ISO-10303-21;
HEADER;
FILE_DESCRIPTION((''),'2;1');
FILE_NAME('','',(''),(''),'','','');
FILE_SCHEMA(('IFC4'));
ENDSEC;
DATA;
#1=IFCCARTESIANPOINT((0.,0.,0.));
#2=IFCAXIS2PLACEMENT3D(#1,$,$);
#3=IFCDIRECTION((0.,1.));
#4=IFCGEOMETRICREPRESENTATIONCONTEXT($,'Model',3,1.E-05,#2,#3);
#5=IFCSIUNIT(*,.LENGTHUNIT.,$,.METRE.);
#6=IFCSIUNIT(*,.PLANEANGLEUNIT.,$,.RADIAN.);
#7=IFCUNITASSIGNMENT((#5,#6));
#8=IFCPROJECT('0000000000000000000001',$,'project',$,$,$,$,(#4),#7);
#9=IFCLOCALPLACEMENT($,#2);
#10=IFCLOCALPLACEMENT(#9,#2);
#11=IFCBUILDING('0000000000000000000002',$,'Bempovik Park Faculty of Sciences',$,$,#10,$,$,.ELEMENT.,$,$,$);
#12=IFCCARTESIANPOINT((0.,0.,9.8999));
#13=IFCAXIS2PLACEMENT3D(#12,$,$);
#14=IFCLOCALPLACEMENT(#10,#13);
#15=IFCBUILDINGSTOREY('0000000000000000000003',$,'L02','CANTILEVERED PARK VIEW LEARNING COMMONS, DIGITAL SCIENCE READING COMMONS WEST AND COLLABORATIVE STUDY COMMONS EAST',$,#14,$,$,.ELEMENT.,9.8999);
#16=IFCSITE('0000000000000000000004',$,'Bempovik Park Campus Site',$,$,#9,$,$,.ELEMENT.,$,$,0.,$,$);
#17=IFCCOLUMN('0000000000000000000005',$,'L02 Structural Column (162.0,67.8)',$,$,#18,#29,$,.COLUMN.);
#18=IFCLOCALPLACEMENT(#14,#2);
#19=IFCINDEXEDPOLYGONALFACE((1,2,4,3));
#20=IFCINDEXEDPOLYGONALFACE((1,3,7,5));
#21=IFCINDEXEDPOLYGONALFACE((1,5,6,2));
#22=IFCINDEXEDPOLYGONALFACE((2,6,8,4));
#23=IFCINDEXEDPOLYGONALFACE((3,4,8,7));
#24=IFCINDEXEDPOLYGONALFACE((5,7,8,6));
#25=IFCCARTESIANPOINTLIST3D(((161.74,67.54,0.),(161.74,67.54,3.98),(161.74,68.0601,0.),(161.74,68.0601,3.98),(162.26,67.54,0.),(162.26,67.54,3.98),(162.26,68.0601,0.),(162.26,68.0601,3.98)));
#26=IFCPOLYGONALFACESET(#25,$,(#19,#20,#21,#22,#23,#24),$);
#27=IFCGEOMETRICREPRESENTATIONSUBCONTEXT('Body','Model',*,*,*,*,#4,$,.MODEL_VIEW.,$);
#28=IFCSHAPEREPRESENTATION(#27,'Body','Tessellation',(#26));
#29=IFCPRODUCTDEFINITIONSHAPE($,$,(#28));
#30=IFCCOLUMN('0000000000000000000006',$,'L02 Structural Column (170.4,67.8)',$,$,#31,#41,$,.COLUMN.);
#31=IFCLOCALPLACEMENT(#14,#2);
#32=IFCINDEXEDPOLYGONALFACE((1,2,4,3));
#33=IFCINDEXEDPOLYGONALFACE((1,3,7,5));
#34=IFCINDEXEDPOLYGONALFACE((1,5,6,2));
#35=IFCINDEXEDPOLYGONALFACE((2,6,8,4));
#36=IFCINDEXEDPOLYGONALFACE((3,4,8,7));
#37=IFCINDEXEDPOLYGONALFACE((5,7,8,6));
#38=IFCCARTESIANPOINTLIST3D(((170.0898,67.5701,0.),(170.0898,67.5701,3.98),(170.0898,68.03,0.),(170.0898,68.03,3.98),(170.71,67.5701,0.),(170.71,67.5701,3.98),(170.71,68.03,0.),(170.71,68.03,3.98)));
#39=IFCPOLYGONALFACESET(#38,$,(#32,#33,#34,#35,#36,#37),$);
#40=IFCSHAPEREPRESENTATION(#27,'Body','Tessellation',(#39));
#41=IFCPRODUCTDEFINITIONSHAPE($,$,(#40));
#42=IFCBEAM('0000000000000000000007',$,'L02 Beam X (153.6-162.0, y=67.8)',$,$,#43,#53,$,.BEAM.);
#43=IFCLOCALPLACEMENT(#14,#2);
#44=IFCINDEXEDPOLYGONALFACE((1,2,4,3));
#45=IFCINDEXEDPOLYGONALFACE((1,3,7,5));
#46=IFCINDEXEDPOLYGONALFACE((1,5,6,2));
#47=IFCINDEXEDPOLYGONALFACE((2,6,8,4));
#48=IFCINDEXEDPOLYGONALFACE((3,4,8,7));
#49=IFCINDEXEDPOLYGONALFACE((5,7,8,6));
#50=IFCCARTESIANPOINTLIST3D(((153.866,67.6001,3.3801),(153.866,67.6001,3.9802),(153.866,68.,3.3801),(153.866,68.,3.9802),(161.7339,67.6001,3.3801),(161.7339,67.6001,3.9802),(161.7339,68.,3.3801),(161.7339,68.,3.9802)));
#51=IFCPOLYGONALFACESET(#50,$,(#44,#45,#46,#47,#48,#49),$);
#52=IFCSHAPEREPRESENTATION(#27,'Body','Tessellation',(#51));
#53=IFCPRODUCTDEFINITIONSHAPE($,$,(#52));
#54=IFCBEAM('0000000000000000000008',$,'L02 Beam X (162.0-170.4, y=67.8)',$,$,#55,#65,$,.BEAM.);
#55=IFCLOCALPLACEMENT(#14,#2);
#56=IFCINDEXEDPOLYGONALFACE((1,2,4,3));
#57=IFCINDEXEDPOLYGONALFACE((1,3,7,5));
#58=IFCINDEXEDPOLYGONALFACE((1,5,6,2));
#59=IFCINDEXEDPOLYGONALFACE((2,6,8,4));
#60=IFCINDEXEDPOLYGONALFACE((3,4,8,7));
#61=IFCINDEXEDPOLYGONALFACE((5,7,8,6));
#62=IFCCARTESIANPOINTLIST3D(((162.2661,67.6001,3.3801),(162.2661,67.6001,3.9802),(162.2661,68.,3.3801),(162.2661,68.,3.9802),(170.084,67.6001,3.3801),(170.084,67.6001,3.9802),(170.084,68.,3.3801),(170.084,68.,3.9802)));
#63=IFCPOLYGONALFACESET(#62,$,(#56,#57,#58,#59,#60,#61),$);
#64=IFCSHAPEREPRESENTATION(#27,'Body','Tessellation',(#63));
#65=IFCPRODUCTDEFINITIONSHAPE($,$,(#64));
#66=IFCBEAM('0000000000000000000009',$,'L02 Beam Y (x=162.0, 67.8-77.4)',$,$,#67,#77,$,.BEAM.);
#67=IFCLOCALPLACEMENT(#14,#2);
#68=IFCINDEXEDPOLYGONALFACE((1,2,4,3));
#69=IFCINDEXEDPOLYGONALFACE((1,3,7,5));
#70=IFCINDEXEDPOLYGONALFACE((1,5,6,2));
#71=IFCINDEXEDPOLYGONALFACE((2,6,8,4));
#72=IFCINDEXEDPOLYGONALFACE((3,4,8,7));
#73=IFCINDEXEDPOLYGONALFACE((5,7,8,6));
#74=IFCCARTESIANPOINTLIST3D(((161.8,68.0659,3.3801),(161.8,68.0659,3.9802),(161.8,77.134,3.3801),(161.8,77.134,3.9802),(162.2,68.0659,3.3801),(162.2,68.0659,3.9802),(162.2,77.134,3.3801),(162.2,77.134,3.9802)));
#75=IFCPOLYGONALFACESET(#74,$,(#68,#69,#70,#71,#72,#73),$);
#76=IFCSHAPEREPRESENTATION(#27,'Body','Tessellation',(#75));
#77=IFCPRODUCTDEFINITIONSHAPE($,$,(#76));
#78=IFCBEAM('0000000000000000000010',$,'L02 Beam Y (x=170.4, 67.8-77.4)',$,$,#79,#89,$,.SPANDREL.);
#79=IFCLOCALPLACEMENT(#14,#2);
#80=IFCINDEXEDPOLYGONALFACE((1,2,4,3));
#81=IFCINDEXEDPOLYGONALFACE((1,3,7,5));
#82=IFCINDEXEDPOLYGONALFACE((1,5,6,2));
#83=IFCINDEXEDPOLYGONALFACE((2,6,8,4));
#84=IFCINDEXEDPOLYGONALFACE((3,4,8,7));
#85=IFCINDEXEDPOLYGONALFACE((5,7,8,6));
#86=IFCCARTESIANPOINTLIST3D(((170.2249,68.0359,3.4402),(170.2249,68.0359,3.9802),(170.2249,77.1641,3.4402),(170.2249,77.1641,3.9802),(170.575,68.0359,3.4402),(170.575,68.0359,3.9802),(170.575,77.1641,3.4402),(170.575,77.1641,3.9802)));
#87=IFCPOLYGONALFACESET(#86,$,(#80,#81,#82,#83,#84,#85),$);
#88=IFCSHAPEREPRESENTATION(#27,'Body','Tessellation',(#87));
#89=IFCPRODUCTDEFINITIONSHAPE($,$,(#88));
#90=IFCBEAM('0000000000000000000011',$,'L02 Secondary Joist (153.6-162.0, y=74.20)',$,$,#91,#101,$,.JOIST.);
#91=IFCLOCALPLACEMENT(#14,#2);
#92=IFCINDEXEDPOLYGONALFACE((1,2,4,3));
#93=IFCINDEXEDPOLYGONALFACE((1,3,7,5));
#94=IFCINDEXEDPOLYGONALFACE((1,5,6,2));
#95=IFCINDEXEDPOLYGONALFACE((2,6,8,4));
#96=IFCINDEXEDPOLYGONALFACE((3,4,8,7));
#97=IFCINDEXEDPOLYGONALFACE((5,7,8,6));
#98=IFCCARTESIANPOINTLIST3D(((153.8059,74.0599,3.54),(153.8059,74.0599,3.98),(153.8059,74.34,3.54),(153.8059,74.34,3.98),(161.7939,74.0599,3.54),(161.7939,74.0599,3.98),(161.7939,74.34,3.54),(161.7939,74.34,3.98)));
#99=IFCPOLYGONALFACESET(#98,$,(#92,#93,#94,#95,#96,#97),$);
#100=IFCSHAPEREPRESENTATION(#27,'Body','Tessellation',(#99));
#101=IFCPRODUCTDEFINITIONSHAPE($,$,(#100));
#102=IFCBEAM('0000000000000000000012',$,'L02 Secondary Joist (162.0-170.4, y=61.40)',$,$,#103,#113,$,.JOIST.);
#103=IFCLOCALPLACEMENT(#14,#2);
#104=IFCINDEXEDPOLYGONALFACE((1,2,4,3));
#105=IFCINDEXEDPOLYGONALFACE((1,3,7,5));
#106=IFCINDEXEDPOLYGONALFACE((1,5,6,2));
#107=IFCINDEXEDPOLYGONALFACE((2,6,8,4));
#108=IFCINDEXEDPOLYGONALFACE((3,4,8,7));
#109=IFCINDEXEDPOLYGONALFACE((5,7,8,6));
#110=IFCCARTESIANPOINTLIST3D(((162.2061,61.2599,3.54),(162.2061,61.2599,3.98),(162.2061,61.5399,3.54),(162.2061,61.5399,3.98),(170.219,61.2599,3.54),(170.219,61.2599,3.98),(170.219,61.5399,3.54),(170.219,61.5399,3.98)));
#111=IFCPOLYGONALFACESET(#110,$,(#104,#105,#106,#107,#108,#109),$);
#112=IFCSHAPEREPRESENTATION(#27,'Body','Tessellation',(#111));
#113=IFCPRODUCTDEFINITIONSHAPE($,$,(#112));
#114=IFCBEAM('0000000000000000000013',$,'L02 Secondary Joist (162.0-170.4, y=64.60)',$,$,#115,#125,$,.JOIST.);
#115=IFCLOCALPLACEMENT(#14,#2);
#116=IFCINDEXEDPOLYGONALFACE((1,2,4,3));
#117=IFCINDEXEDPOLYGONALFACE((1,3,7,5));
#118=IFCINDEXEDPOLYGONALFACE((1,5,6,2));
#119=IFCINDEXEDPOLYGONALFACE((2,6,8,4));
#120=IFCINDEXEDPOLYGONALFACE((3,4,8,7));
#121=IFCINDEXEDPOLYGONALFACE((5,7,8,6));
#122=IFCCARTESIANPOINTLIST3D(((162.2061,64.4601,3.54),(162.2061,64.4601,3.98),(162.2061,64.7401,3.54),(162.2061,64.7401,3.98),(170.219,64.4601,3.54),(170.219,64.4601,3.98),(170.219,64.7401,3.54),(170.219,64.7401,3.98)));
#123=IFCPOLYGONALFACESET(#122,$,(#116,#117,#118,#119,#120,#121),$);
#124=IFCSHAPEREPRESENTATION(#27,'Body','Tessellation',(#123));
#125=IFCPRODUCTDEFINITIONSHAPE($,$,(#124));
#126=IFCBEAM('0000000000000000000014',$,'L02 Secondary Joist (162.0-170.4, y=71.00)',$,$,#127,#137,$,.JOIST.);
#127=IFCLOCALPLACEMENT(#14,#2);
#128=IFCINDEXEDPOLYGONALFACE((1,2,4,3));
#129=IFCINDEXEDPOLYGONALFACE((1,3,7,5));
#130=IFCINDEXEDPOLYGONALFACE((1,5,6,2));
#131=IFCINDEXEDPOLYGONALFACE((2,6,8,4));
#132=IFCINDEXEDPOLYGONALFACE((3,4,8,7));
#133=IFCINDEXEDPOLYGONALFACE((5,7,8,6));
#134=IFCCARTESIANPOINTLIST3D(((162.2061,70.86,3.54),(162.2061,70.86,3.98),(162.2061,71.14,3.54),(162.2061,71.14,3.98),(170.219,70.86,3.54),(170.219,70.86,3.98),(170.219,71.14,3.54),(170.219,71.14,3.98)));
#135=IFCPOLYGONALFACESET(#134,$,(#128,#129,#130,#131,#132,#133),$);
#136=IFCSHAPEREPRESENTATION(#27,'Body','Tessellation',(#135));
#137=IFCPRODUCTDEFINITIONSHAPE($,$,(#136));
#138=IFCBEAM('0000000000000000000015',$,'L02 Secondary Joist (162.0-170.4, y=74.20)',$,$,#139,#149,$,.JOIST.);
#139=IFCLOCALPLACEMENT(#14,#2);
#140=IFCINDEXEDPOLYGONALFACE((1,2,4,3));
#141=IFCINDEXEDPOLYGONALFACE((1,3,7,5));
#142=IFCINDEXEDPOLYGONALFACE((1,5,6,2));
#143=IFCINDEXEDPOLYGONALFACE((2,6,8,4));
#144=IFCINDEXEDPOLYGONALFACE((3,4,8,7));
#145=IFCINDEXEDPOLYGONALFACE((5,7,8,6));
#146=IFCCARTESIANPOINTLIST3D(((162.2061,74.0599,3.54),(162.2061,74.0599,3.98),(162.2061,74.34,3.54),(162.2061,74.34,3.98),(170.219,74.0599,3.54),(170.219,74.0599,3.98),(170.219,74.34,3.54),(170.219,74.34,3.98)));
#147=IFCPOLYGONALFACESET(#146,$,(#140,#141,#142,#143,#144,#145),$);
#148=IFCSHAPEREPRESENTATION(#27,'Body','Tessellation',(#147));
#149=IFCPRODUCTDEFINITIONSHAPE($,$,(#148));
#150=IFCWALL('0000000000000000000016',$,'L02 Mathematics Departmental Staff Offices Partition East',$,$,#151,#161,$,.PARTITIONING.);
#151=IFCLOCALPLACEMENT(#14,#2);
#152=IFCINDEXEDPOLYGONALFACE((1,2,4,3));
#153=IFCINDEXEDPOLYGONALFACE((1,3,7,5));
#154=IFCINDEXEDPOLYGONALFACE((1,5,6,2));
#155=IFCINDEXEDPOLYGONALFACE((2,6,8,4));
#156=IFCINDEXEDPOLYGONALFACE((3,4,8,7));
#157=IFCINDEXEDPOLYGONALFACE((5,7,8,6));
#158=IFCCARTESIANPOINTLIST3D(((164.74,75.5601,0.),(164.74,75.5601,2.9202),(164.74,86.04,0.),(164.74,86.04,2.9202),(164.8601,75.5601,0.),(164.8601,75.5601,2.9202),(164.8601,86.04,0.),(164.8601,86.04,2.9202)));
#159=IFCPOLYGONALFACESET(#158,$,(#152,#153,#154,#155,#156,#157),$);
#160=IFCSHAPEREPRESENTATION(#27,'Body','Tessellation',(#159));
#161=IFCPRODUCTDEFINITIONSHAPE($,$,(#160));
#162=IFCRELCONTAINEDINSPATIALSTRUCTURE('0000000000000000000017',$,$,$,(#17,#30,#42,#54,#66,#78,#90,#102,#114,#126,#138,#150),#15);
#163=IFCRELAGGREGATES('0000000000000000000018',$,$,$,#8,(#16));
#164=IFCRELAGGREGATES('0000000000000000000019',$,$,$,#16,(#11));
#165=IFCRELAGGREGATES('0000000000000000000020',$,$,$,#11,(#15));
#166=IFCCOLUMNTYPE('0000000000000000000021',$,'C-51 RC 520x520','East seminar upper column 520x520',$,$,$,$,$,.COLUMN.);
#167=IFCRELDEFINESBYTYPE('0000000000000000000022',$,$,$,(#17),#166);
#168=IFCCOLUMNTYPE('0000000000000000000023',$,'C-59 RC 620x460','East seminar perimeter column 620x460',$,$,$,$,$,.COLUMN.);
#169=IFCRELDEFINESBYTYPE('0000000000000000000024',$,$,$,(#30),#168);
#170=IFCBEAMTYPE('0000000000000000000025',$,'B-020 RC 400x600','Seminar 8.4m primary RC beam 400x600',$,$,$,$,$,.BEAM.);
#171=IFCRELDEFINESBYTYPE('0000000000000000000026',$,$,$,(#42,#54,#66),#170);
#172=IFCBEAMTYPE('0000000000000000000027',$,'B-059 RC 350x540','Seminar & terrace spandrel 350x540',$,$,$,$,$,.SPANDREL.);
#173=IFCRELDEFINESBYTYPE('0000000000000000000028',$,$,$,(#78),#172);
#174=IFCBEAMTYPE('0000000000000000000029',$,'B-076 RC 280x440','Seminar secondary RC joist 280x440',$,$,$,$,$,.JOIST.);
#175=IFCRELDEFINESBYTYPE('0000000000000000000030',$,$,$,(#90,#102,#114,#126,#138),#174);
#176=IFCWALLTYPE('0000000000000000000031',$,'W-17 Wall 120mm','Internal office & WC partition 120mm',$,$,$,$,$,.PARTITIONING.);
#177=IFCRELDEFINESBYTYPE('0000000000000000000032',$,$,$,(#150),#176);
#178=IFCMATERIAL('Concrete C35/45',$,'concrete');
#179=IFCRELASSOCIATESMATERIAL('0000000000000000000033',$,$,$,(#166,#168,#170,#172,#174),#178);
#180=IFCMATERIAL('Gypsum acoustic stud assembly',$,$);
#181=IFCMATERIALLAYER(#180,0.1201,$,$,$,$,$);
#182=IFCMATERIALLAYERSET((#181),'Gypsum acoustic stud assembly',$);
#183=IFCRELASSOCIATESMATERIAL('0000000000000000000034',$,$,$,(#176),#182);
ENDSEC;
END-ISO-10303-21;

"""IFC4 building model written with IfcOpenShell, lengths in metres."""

from ifc_helpers import new_model, si_unit, direction, frame, frame_2d, origin, origin_2d, place, context, subcontext, project, spatial, rectangle, extrude, material, layer, layer_set, material_profile, profile_set, type_object, element, save


model = new_model("IFC4")

# Units and contexts
model_context = context("Model", 3, precision=1e-05, world=origin(), true_north=direction((0.0, 1.0)))
body_context = subcontext(model_context, "Body", "Model", "MODEL_VIEW")
ifc_project = project(units=[si_unit("LENGTHUNIT", "METRE"), si_unit("PLANEANGLEUNIT", "RADIAN")], contexts=[model_context])

# Site, building, storey
site_placement = place(None, origin())
site = spatial("IfcSite", under=ifc_project, at=site_placement, Name="Bempovik Park Campus Site", CompositionType="ELEMENT", RefElevation=0.0)
building_placement = place(site_placement, origin())
building = spatial("IfcBuilding", under=site, at=building_placement, Name="Bempovik Park Faculty of Sciences", CompositionType="ELEMENT")
storey_placement = place(building_placement, frame((0.0, 0.0, 9.8999)))
storey = spatial("IfcBuildingStorey", under=building, at=storey_placement, Name="L02", Description="CANTILEVERED PARK VIEW LEARNING COMMONS, DIGITAL SCIENCE READING COMMONS WEST AND COLLABORATIVE STUDY COMMONS EAST", CompositionType="ELEMENT", Elevation=9.8999)

# Columns
ifc_material_1 = material(Name="Concrete C35/45", Category="concrete")
ifc_material_profile_1 = material_profile(ifc_material_1, rectangle(XDim=0.52, YDim=0.52, at=origin_2d()), Name="RC 520x520")
ifc_profile_set_1 = profile_set([ifc_material_profile_1], Name="Concrete C35/45")
column_type_1 = type_object("IfcColumnType", Name="C-51 RC 520x520", Description="East seminar upper column 520x520", PredefinedType="COLUMN", material=ifc_profile_set_1)
column_1_placement = place(storey_placement, frame((162.0, 67.8, 0.0), z_axis=(0.0, 0.0, 1.0), x_axis=(1.0, 0.0, 0.0)))
element("IfcColumn", 1, at=column_1_placement, inside=storey, type_object=column_type_1, Name="L02 Structural Column (162.0,67.8)", PredefinedType="COLUMN", context=body_context, shape_type="SweptSolid", body=[
    extrude(rectangle(XDim=0.52, YDim=0.52, at=origin_2d()), origin(), (0.0, 0.0, 1.0), 3.98),
])
ifc_material_profile_2 = material_profile(ifc_material_1, rectangle(XDim=0.6201, YDim=0.46, at=origin_2d()), Name="RC 620x460")
ifc_profile_set_2 = profile_set([ifc_material_profile_2], Name="Concrete C35/45")
column_type_2 = type_object("IfcColumnType", Name="C-59 RC 620x460", Description="East seminar perimeter column 620x460", PredefinedType="COLUMN", material=ifc_profile_set_2)
column_2_placement = place(storey_placement, frame((170.3999, 67.8, 0.0), z_axis=(0.0, 0.0, 1.0), x_axis=(1.0, 0.0, 0.0)))
element("IfcColumn", 2, at=column_2_placement, inside=storey, type_object=column_type_2, Name="L02 Structural Column (170.4,67.8)", PredefinedType="COLUMN", context=body_context, shape_type="SweptSolid", body=[
    extrude(rectangle(XDim=0.6201, YDim=0.46, at=origin_2d()), origin(), (0.0, 0.0, 1.0), 3.98),
])

# Beams
ifc_material_profile_3 = material_profile(ifc_material_1, rectangle(XDim=0.3999, YDim=0.6001, at=origin_2d()), Name="RC 400x600")
ifc_profile_set_3 = profile_set([ifc_material_profile_3], Name="Concrete C35/45")
beam_type_1 = type_object("IfcBeamType", Name="B-020 RC 400x600", Description="Seminar 8.4m primary RC beam 400x600", PredefinedType="BEAM", material=ifc_profile_set_3)
beam_1_placement = place(storey_placement, frame((153.866, 67.8, 3.6802), z_axis=(1.0, 0.0, 0.0), x_axis=(0.0, 1.0, 0.0)))
element("IfcBeam", 3, at=beam_1_placement, inside=storey, type_object=beam_type_1, Name="L02 Beam X (153.6-162.0, y=67.8)", PredefinedType="BEAM", context=body_context, shape_type="SweptSolid", body=[
    extrude(rectangle(XDim=0.3999, YDim=0.6001, at=origin_2d()), origin(), (0.0, 0.0, 1.0), 7.8679),
])
beam_2_placement = place(storey_placement, frame((162.2661, 67.8, 3.6802), z_axis=(1.0, 0.0, 0.0), x_axis=(0.0, 1.0, 0.0)))
element("IfcBeam", 4, at=beam_2_placement, inside=storey, type_object=beam_type_1, Name="L02 Beam X (162.0-170.4, y=67.8)", PredefinedType="BEAM", context=body_context, shape_type="SweptSolid", body=[
    extrude(rectangle(XDim=0.3999, YDim=0.6001, at=origin_2d()), origin(), (0.0, 0.0, 1.0), 7.8179),
])
beam_3_placement = place(storey_placement, frame((162.0, 68.0659, 3.6802), z_axis=(0.0, 1.0, 0.0), x_axis=(-1.0, 0.0, 0.0)))
element("IfcBeam", 5, at=beam_3_placement, inside=storey, type_object=beam_type_1, Name="L02 Beam Y (x=162.0, 67.8-77.4)", PredefinedType="BEAM", context=body_context, shape_type="SweptSolid", body=[
    extrude(rectangle(XDim=0.3999, YDim=0.6001, at=origin_2d()), origin(), (0.0, 0.0, 1.0), 9.0681),
])
ifc_material_profile_4 = material_profile(ifc_material_1, rectangle(XDim=0.3501, YDim=0.54, at=origin_2d()), Name="RC 350x540")
ifc_profile_set_4 = profile_set([ifc_material_profile_4], Name="Concrete C35/45")
beam_type_2 = type_object("IfcBeamType", Name="B-059 RC 350x540", Description="Seminar & terrace spandrel 350x540", PredefinedType="SPANDREL", material=ifc_profile_set_4)
beam_4_placement = place(storey_placement, frame((170.3999, 68.0359, 3.7102), z_axis=(0.0, 1.0, 0.0), x_axis=(-1.0, 0.0, 0.0)))
element("IfcBeam", 6, at=beam_4_placement, inside=storey, type_object=beam_type_2, Name="L02 Beam Y (x=170.4, 67.8-77.4)", PredefinedType="SPANDREL", context=body_context, shape_type="SweptSolid", body=[
    extrude(rectangle(XDim=0.3501, YDim=0.54, at=origin_2d()), origin(), (0.0, 0.0, 1.0), 9.1282),
])
ifc_material_profile_5 = material_profile(ifc_material_1, rectangle(XDim=0.28, YDim=0.4399, at=origin_2d()), Name="RC 280x440")
ifc_profile_set_5 = profile_set([ifc_material_profile_5], Name="Concrete C35/45")
beam_type_3 = type_object("IfcBeamType", Name="B-076 RC 280x440", Description="Seminar secondary RC joist 280x440", PredefinedType="JOIST", material=ifc_profile_set_5)
beam_5_placement = place(storey_placement, frame((153.8059, 74.2, 3.76), z_axis=(1.0, 0.0, 0.0), x_axis=(0.0, 1.0, 0.0)))
element("IfcBeam", 7, at=beam_5_placement, inside=storey, type_object=beam_type_3, Name="L02 Secondary Joist (153.6-162.0, y=74.20)", PredefinedType="JOIST", context=body_context, shape_type="SweptSolid", body=[
    extrude(rectangle(XDim=0.28, YDim=0.4399, at=origin_2d()), origin(), (0.0, 0.0, 1.0), 7.988),
])
for number, where, z_axis, x_axis, name in (
    (8, (162.2061, 61.3999, 3.76), (1.0, 0.0, 0.0), (0.0, 1.0, 0.0), "L02 Secondary Joist (162.0-170.4, y=61.40)"),
    (9, (162.2061, 64.6001, 3.76), (1.0, 0.0, 0.0), (0.0, 1.0, 0.0), "L02 Secondary Joist (162.0-170.4, y=64.60)"),
    (10, (162.2061, 71.0, 3.76), (1.0, 0.0, 0.0), (0.0, 1.0, 0.0), "L02 Secondary Joist (162.0-170.4, y=71.00)"),
    (11, (162.2061, 74.2, 3.76), (1.0, 0.0, 0.0), (0.0, 1.0, 0.0), "L02 Secondary Joist (162.0-170.4, y=74.20)"),
):
    element("IfcBeam", number, at=place(storey_placement, frame(where, z_axis=z_axis, x_axis=x_axis)), inside=storey, type_object=beam_type_3, Name=name, PredefinedType="JOIST", context=body_context, shape_type="SweptSolid", body=[
        extrude(rectangle(XDim=0.28, YDim=0.4399, at=origin_2d()), origin(), (0.0, 0.0, 1.0), 8.0129),
    ])

# Wall
ifc_material_2 = material(Name="Gypsum acoustic stud assembly")
ifc_layer_1 = layer(ifc_material_2, 0.1201)
ifc_layer_set_1 = layer_set([ifc_layer_1], Name="Gypsum acoustic stud assembly")
wall_type_1 = type_object("IfcWallType", Name="W-17 Wall 120mm", Description="Internal office & WC partition 120mm", PredefinedType="PARTITIONING", material=ifc_layer_set_1)
wall_1_placement = place(storey_placement, frame((164.8, 75.5601, 0.0), z_axis=(0.0, 0.0, 1.0), x_axis=(0.0, 1.0, 0.0)))
element("IfcWall", 12, at=wall_1_placement, inside=storey, type_object=wall_type_1, Name="L02 Mathematics Departmental Staff Offices Partition East", PredefinedType="PARTITIONING", context=body_context, shape_type="SweptSolid", body=[
    extrude(rectangle(XDim=10.48, YDim=0.1201, at=frame_2d((5.24, 0.0))), origin(), (0.0, 0.0, 1.0), 2.9202),
])

save(model, "model.ifc")
